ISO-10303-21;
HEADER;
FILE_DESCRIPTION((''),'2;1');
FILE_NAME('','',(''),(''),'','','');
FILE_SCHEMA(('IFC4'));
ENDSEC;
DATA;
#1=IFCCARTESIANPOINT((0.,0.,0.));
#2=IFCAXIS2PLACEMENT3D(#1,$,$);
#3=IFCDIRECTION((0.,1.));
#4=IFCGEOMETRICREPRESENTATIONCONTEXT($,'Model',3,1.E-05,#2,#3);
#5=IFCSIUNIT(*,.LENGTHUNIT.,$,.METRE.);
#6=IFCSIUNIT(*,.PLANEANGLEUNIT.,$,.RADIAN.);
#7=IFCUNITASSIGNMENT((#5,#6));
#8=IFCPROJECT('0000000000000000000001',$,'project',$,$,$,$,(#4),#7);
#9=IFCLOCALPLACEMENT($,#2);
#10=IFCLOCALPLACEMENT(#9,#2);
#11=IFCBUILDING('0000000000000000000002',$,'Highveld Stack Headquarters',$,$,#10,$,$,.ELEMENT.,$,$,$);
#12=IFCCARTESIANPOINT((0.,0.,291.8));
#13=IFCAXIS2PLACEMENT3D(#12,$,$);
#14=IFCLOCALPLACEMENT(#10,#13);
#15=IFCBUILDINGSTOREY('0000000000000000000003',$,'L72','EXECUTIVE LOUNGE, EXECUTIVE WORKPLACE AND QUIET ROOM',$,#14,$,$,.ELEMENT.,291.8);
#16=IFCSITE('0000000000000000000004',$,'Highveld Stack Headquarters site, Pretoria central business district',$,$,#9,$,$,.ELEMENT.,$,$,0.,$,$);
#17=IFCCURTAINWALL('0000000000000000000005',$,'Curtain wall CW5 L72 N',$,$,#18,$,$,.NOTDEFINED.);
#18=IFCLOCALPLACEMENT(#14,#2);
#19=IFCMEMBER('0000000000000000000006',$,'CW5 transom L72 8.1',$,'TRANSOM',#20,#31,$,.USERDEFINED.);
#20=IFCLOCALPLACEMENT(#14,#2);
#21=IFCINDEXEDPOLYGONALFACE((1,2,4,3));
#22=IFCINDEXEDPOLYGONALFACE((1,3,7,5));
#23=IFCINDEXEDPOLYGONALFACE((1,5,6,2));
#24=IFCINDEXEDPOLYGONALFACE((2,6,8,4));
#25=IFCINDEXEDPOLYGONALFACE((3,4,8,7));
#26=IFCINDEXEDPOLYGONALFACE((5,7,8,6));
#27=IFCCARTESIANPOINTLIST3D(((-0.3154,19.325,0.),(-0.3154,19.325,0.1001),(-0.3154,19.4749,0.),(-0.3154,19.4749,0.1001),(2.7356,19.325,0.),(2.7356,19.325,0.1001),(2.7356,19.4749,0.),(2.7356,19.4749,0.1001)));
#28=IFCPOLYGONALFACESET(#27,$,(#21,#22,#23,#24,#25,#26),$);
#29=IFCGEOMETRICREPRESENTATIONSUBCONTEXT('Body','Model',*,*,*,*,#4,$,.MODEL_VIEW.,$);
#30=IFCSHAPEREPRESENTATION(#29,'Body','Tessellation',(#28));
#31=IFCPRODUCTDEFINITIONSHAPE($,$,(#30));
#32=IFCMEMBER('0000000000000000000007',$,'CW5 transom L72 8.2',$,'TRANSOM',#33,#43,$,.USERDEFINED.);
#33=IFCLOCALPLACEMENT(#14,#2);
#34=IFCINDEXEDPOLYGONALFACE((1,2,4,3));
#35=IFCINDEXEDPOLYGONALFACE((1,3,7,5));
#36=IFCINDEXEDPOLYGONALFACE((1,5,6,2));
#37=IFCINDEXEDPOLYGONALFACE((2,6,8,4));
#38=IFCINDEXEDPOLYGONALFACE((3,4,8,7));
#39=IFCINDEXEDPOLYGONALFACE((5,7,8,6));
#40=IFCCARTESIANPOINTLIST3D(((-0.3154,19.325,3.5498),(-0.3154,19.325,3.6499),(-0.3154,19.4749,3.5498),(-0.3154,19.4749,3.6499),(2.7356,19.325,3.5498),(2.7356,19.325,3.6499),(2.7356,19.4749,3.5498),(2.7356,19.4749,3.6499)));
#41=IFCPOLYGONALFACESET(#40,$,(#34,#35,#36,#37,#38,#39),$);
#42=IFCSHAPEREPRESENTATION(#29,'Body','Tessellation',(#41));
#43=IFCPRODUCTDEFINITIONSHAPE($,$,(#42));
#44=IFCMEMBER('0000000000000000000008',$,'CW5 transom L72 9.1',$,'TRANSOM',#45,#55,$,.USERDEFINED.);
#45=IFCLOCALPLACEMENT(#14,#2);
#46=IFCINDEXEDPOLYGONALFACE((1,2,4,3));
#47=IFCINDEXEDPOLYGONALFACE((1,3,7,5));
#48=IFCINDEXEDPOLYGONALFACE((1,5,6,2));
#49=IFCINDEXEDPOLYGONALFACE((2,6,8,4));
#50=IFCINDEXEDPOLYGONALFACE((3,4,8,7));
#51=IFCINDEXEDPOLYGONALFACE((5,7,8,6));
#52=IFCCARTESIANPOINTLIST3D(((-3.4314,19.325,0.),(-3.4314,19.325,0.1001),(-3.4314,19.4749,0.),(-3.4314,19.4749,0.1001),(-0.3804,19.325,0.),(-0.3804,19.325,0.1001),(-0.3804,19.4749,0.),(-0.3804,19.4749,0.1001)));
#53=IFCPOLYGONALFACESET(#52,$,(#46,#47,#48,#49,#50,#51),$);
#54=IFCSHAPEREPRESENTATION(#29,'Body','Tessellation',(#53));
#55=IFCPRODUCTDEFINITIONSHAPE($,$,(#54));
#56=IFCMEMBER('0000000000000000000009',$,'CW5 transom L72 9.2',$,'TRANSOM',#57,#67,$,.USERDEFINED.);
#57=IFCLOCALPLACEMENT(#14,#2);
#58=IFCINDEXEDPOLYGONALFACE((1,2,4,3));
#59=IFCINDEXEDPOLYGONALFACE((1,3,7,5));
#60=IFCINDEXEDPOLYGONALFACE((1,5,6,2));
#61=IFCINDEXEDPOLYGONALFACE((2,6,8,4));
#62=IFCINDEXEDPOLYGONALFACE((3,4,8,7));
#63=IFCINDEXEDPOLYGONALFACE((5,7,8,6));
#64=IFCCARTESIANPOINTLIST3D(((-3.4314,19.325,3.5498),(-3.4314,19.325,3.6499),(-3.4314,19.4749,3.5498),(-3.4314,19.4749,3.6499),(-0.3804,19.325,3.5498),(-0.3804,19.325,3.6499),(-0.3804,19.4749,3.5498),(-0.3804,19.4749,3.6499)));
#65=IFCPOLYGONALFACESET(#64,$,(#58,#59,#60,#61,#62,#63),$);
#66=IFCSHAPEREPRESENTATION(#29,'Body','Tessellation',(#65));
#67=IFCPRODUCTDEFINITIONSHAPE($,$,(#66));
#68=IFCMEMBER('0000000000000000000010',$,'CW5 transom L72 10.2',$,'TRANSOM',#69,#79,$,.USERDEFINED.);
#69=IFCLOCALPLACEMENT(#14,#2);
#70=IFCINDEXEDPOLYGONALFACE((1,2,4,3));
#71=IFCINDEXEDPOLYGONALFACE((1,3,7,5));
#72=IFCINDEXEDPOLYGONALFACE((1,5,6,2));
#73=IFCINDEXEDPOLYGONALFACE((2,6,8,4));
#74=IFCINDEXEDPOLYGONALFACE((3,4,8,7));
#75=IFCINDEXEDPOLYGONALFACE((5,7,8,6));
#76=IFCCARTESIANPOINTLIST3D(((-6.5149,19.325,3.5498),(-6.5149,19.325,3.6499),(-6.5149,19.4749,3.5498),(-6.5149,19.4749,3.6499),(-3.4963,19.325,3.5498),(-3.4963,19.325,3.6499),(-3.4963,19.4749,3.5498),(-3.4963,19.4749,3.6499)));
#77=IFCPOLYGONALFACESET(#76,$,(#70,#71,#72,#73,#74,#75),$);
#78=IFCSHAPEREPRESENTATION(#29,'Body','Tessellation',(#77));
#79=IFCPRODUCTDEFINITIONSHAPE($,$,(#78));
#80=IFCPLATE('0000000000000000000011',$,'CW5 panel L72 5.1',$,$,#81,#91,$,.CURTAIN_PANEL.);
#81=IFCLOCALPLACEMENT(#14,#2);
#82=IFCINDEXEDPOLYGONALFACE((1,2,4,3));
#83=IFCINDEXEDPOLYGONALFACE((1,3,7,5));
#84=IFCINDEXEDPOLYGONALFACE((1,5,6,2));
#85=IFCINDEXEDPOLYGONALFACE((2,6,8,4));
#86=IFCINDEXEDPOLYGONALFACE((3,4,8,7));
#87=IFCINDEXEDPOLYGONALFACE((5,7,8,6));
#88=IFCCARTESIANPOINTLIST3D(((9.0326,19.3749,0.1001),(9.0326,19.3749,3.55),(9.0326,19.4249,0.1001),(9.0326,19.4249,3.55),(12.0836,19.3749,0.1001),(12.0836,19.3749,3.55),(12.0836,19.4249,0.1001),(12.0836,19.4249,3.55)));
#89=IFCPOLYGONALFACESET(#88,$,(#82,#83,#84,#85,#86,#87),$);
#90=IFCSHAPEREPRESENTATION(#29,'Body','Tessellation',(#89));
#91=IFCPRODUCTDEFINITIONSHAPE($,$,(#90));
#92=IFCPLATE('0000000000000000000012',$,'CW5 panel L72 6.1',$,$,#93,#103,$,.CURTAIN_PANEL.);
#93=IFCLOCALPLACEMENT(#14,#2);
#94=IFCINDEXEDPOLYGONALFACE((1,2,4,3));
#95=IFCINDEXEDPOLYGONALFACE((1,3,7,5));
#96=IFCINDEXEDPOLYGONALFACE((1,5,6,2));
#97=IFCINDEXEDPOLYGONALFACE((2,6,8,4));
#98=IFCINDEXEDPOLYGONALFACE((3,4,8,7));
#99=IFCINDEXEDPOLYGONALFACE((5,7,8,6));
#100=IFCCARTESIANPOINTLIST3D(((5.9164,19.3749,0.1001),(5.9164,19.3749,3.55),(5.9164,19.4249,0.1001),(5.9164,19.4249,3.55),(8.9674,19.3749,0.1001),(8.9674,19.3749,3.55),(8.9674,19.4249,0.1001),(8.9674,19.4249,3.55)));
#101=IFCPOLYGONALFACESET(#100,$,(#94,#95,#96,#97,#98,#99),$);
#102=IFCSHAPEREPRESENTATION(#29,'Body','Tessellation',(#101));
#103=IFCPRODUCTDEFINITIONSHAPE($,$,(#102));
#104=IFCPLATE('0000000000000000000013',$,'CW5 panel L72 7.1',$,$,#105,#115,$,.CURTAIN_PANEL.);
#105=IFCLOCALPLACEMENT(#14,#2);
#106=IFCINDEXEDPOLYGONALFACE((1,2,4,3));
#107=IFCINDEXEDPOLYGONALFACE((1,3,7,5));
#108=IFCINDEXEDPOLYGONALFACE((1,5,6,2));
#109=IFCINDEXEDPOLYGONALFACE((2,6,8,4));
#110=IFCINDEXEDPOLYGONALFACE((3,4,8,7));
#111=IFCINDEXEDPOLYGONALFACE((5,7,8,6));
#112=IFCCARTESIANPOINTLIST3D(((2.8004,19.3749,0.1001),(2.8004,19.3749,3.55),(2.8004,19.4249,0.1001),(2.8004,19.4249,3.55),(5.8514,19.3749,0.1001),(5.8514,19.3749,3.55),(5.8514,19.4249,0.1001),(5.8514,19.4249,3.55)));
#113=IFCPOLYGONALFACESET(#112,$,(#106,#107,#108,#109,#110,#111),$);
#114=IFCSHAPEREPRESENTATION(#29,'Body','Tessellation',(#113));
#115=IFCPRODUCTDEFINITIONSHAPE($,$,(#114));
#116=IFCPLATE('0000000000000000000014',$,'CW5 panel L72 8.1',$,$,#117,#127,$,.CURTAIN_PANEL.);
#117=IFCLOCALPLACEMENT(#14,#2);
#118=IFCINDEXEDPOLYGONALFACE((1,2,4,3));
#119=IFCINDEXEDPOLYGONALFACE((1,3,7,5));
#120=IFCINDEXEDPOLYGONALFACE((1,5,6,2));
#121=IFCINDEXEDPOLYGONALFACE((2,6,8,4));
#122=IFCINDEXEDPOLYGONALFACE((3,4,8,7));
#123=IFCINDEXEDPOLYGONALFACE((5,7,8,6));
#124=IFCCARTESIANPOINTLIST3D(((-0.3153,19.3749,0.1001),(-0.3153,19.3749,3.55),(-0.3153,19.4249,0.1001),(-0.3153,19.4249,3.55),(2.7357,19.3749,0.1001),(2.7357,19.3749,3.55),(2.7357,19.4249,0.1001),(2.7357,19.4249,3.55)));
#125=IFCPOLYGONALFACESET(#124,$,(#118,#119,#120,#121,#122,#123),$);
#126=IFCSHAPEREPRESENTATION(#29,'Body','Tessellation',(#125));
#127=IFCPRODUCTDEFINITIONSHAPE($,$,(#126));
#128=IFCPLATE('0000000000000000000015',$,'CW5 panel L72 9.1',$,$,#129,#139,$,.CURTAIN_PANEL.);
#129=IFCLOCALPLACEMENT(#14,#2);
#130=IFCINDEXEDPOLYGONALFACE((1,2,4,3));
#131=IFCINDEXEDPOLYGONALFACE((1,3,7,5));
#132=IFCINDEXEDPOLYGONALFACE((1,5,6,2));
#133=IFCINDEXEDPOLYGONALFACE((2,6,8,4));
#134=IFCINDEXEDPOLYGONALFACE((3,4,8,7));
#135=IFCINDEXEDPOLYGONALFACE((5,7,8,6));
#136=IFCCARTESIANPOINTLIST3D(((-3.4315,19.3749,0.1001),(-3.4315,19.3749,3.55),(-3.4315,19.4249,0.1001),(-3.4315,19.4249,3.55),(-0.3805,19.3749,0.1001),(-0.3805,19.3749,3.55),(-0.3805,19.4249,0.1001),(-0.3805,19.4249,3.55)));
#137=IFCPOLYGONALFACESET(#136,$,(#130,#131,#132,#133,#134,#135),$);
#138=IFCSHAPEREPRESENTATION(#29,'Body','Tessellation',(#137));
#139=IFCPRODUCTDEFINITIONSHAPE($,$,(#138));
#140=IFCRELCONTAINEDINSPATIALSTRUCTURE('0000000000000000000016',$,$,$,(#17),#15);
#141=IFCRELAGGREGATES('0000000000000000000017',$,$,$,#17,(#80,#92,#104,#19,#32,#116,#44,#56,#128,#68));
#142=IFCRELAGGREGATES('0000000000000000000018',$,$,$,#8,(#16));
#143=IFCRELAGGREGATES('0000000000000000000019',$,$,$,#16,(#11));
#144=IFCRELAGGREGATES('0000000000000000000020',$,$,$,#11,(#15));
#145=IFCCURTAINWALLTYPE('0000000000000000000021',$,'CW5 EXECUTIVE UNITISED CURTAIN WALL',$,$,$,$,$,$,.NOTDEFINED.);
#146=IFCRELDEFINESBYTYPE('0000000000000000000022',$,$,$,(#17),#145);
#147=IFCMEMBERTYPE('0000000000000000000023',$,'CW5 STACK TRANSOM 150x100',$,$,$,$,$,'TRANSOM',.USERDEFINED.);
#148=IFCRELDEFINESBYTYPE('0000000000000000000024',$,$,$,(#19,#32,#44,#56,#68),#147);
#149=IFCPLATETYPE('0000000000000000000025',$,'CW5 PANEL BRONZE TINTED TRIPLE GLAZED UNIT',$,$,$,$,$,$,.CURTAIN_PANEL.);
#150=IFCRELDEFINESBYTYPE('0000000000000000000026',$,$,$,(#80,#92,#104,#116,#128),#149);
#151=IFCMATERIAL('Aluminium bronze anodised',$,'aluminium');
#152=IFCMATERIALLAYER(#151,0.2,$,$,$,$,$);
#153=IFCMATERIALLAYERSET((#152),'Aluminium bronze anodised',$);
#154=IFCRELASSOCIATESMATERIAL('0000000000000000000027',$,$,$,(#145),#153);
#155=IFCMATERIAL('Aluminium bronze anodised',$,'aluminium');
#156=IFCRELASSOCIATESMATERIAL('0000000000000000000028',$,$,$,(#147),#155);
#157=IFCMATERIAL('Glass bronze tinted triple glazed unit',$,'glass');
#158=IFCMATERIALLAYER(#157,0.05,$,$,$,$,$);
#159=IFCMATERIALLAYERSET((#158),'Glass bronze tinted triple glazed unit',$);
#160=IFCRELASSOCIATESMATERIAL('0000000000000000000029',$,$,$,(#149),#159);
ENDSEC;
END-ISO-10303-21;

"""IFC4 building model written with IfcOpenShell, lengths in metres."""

from ifc_helpers import new_model, si_unit, direction, frame, origin, origin_2d, place, context, subcontext, project, spatial, rectangle, extrude, material, layer, layer_set, material_profile, profile_set, type_object, element, aggregate, save


model = new_model("IFC4")

# Units and contexts
model_context = context("Model", 3, precision=1e-05, world=origin(), true_north=direction((0.0, 1.0)))
body_context = subcontext(model_context, "Body", "Model", "MODEL_VIEW")
ifc_project = project(units=[si_unit("LENGTHUNIT", "METRE"), si_unit("PLANEANGLEUNIT", "RADIAN")], contexts=[model_context])

# Site, building, storey
site_placement = place(None, origin())
site = spatial("IfcSite", under=ifc_project, at=site_placement, Name="Highveld Stack Headquarters site, Pretoria central business district", CompositionType="ELEMENT", RefElevation=0.0)
building_placement = place(site_placement, origin())
building = spatial("IfcBuilding", under=site, at=building_placement, Name="Highveld Stack Headquarters", CompositionType="ELEMENT")
storey_placement = place(building_placement, frame((0.0, 0.0, 291.8)))
storey = spatial("IfcBuildingStorey", under=building, at=storey_placement, Name="L72", Description="EXECUTIVE LOUNGE, EXECUTIVE WORKPLACE AND QUIET ROOM", CompositionType="ELEMENT", Elevation=291.8)

# Curtain wall, members, plates
ifc_material_1 = material(Name="Aluminium bronze anodised", Category="aluminium")
ifc_layer_1 = layer(ifc_material_1, 0.2)
ifc_layer_set_1 = layer_set([ifc_layer_1], Name="Aluminium bronze anodised")
curtain_wall_type = type_object("IfcCurtainWallType", Name="CW5 EXECUTIVE UNITISED CURTAIN WALL", PredefinedType="NOTDEFINED", material=ifc_layer_set_1)
curtain_wall_placement = place(storey_placement, origin())
curtain_wall = element("IfcCurtainWall", 1, at=curtain_wall_placement, inside=storey, type_object=curtain_wall_type, Name="Curtain wall CW5 L72 N", PredefinedType="NOTDEFINED")
ifc_material_2 = material(Name="Aluminium bronze anodised", Category="aluminium")
ifc_material_profile_1 = material_profile(ifc_material_2, rectangle(XDim=0.1499, YDim=0.1001, at=origin_2d()), Name="CW5 TRANSOM 150x100")
ifc_profile_set_1 = profile_set([ifc_material_profile_1], Name="Aluminium bronze anodised")
member_type_1 = type_object("IfcMemberType", Name="CW5 STACK TRANSOM 150x100", ElementType="TRANSOM", PredefinedType="USERDEFINED", material=ifc_profile_set_1)
member_1_placement = place(storey_placement, frame((2.7356, 19.3999, 0.05), z_axis=(-1.0, 0.0, 0.0), x_axis=(0.0, -1.0, 0.0)))
member_1 = element("IfcMember", 2, at=member_1_placement, type_object=member_type_1, Name="CW5 transom L72 8.1", ObjectType="TRANSOM", PredefinedType="USERDEFINED", context=body_context, shape_type="SweptSolid", body=[
    extrude(rectangle(XDim=0.1499, YDim=0.1001, at=origin_2d()), origin(), (0.0, 0.0, 1.0), 3.051),
])
member_2_placement = place(storey_placement, frame((2.7356, 19.3999, 3.5999), z_axis=(-1.0, 0.0, 0.0), x_axis=(0.0, -1.0, 0.0)))
member_2 = element("IfcMember", 3, at=member_2_placement, type_object=member_type_1, Name="CW5 transom L72 8.2", ObjectType="TRANSOM", PredefinedType="USERDEFINED", context=body_context, shape_type="SweptSolid", body=[
    extrude(rectangle(XDim=0.1499, YDim=0.1001, at=origin_2d()), origin(), (0.0, 0.0, 1.0), 3.051),
])
member_3_placement = place(storey_placement, frame((-0.3804, 19.3999, 0.05), z_axis=(-1.0, 0.0, 0.0), x_axis=(0.0, -1.0, 0.0)))
member_3 = element("IfcMember", 4, at=member_3_placement, type_object=member_type_1, Name="CW5 transom L72 9.1", ObjectType="TRANSOM", PredefinedType="USERDEFINED", context=body_context, shape_type="SweptSolid", body=[
    extrude(rectangle(XDim=0.1499, YDim=0.1001, at=origin_2d()), origin(), (0.0, 0.0, 1.0), 3.051),
])
member_4_placement = place(storey_placement, frame((-0.3804, 19.3999, 3.5999), z_axis=(-1.0, 0.0, 0.0), x_axis=(0.0, -1.0, 0.0)))
member_4 = element("IfcMember", 5, at=member_4_placement, type_object=member_type_1, Name="CW5 transom L72 9.2", ObjectType="TRANSOM", PredefinedType="USERDEFINED", context=body_context, shape_type="SweptSolid", body=[
    extrude(rectangle(XDim=0.1499, YDim=0.1001, at=origin_2d()), origin(), (0.0, 0.0, 1.0), 3.051),
])
member_5_placement = place(storey_placement, frame((-3.4963, 19.3999, 3.5999), z_axis=(-1.0, 0.0, 0.0), x_axis=(0.0, -1.0, 0.0)))
member_5 = element("IfcMember", 6, at=member_5_placement, type_object=member_type_1, Name="CW5 transom L72 10.2", ObjectType="TRANSOM", PredefinedType="USERDEFINED", context=body_context, shape_type="SweptSolid", body=[
    extrude(rectangle(XDim=0.1499, YDim=0.1001, at=origin_2d()), origin(), (0.0, 0.0, 1.0), 3.0186),
])
ifc_material_3 = material(Name="Glass bronze tinted triple glazed unit", Category="glass")
ifc_layer_2 = layer(ifc_material_3, 0.05)
ifc_layer_set_2 = layer_set([ifc_layer_2], Name="Glass bronze tinted triple glazed unit")
plate_type = type_object("IfcPlateType", Name="CW5 PANEL BRONZE TINTED TRIPLE GLAZED UNIT", PredefinedType="CURTAIN_PANEL", material=ifc_layer_set_2)
plate_1_placement = place(storey_placement, frame((10.5581, 19.3999, 0.1001), z_axis=(0.0, 0.0, 1.0), x_axis=(-1.0, 0.0, 0.0)))
plate_1 = element("IfcPlate", 7, at=plate_1_placement, type_object=plate_type, Name="CW5 panel L72 5.1", PredefinedType="CURTAIN_PANEL", context=body_context, shape_type="SweptSolid", body=[
    extrude(rectangle(XDim=3.051, YDim=0.05, at=origin_2d()), origin(), (0.0, 0.0, 1.0), 3.45),
])
plate_2_placement = place(storey_placement, frame((7.4419, 19.3999, 0.1001), z_axis=(0.0, 0.0, 1.0), x_axis=(-1.0, 0.0, 0.0)))
plate_2 = element("IfcPlate", 8, at=plate_2_placement, type_object=plate_type, Name="CW5 panel L72 6.1", PredefinedType="CURTAIN_PANEL", context=body_context, shape_type="SweptSolid", body=[
    extrude(rectangle(XDim=3.051, YDim=0.05, at=origin_2d()), origin(), (0.0, 0.0, 1.0), 3.45),
])
plate_3_placement = place(storey_placement, frame((4.3259, 19.3999, 0.1001), z_axis=(0.0, 0.0, 1.0), x_axis=(-1.0, 0.0, 0.0)))
plate_3 = element("IfcPlate", 9, at=plate_3_placement, type_object=plate_type, Name="CW5 panel L72 7.1", PredefinedType="CURTAIN_PANEL", context=body_context, shape_type="SweptSolid", body=[
    extrude(rectangle(XDim=3.051, YDim=0.05, at=origin_2d()), origin(), (0.0, 0.0, 1.0), 3.45),
])
plate_4_placement = place(storey_placement, frame((1.2102, 19.3999, 0.1001), z_axis=(0.0, 0.0, 1.0), x_axis=(-1.0, 0.0, 0.0)))
plate_4 = element("IfcPlate", 10, at=plate_4_placement, type_object=plate_type, Name="CW5 panel L72 8.1", PredefinedType="CURTAIN_PANEL", context=body_context, shape_type="SweptSolid", body=[
    extrude(rectangle(XDim=3.051, YDim=0.05, at=origin_2d()), origin(), (0.0, 0.0, 1.0), 3.45),
])
plate_5_placement = place(storey_placement, frame((-1.906, 19.3999, 0.1001), z_axis=(0.0, 0.0, 1.0), x_axis=(-1.0, 0.0, 0.0)))
plate_5 = element("IfcPlate", 11, at=plate_5_placement, type_object=plate_type, Name="CW5 panel L72 9.1", PredefinedType="CURTAIN_PANEL", context=body_context, shape_type="SweptSolid", body=[
    extrude(rectangle(XDim=3.051, YDim=0.05, at=origin_2d()), origin(), (0.0, 0.0, 1.0), 3.45),
])
aggregate(curtain_wall, [plate_1, plate_2, plate_3, member_1, member_2, plate_4, member_3, member_4, plate_5, member_5])

save(model, "model.ifc")
